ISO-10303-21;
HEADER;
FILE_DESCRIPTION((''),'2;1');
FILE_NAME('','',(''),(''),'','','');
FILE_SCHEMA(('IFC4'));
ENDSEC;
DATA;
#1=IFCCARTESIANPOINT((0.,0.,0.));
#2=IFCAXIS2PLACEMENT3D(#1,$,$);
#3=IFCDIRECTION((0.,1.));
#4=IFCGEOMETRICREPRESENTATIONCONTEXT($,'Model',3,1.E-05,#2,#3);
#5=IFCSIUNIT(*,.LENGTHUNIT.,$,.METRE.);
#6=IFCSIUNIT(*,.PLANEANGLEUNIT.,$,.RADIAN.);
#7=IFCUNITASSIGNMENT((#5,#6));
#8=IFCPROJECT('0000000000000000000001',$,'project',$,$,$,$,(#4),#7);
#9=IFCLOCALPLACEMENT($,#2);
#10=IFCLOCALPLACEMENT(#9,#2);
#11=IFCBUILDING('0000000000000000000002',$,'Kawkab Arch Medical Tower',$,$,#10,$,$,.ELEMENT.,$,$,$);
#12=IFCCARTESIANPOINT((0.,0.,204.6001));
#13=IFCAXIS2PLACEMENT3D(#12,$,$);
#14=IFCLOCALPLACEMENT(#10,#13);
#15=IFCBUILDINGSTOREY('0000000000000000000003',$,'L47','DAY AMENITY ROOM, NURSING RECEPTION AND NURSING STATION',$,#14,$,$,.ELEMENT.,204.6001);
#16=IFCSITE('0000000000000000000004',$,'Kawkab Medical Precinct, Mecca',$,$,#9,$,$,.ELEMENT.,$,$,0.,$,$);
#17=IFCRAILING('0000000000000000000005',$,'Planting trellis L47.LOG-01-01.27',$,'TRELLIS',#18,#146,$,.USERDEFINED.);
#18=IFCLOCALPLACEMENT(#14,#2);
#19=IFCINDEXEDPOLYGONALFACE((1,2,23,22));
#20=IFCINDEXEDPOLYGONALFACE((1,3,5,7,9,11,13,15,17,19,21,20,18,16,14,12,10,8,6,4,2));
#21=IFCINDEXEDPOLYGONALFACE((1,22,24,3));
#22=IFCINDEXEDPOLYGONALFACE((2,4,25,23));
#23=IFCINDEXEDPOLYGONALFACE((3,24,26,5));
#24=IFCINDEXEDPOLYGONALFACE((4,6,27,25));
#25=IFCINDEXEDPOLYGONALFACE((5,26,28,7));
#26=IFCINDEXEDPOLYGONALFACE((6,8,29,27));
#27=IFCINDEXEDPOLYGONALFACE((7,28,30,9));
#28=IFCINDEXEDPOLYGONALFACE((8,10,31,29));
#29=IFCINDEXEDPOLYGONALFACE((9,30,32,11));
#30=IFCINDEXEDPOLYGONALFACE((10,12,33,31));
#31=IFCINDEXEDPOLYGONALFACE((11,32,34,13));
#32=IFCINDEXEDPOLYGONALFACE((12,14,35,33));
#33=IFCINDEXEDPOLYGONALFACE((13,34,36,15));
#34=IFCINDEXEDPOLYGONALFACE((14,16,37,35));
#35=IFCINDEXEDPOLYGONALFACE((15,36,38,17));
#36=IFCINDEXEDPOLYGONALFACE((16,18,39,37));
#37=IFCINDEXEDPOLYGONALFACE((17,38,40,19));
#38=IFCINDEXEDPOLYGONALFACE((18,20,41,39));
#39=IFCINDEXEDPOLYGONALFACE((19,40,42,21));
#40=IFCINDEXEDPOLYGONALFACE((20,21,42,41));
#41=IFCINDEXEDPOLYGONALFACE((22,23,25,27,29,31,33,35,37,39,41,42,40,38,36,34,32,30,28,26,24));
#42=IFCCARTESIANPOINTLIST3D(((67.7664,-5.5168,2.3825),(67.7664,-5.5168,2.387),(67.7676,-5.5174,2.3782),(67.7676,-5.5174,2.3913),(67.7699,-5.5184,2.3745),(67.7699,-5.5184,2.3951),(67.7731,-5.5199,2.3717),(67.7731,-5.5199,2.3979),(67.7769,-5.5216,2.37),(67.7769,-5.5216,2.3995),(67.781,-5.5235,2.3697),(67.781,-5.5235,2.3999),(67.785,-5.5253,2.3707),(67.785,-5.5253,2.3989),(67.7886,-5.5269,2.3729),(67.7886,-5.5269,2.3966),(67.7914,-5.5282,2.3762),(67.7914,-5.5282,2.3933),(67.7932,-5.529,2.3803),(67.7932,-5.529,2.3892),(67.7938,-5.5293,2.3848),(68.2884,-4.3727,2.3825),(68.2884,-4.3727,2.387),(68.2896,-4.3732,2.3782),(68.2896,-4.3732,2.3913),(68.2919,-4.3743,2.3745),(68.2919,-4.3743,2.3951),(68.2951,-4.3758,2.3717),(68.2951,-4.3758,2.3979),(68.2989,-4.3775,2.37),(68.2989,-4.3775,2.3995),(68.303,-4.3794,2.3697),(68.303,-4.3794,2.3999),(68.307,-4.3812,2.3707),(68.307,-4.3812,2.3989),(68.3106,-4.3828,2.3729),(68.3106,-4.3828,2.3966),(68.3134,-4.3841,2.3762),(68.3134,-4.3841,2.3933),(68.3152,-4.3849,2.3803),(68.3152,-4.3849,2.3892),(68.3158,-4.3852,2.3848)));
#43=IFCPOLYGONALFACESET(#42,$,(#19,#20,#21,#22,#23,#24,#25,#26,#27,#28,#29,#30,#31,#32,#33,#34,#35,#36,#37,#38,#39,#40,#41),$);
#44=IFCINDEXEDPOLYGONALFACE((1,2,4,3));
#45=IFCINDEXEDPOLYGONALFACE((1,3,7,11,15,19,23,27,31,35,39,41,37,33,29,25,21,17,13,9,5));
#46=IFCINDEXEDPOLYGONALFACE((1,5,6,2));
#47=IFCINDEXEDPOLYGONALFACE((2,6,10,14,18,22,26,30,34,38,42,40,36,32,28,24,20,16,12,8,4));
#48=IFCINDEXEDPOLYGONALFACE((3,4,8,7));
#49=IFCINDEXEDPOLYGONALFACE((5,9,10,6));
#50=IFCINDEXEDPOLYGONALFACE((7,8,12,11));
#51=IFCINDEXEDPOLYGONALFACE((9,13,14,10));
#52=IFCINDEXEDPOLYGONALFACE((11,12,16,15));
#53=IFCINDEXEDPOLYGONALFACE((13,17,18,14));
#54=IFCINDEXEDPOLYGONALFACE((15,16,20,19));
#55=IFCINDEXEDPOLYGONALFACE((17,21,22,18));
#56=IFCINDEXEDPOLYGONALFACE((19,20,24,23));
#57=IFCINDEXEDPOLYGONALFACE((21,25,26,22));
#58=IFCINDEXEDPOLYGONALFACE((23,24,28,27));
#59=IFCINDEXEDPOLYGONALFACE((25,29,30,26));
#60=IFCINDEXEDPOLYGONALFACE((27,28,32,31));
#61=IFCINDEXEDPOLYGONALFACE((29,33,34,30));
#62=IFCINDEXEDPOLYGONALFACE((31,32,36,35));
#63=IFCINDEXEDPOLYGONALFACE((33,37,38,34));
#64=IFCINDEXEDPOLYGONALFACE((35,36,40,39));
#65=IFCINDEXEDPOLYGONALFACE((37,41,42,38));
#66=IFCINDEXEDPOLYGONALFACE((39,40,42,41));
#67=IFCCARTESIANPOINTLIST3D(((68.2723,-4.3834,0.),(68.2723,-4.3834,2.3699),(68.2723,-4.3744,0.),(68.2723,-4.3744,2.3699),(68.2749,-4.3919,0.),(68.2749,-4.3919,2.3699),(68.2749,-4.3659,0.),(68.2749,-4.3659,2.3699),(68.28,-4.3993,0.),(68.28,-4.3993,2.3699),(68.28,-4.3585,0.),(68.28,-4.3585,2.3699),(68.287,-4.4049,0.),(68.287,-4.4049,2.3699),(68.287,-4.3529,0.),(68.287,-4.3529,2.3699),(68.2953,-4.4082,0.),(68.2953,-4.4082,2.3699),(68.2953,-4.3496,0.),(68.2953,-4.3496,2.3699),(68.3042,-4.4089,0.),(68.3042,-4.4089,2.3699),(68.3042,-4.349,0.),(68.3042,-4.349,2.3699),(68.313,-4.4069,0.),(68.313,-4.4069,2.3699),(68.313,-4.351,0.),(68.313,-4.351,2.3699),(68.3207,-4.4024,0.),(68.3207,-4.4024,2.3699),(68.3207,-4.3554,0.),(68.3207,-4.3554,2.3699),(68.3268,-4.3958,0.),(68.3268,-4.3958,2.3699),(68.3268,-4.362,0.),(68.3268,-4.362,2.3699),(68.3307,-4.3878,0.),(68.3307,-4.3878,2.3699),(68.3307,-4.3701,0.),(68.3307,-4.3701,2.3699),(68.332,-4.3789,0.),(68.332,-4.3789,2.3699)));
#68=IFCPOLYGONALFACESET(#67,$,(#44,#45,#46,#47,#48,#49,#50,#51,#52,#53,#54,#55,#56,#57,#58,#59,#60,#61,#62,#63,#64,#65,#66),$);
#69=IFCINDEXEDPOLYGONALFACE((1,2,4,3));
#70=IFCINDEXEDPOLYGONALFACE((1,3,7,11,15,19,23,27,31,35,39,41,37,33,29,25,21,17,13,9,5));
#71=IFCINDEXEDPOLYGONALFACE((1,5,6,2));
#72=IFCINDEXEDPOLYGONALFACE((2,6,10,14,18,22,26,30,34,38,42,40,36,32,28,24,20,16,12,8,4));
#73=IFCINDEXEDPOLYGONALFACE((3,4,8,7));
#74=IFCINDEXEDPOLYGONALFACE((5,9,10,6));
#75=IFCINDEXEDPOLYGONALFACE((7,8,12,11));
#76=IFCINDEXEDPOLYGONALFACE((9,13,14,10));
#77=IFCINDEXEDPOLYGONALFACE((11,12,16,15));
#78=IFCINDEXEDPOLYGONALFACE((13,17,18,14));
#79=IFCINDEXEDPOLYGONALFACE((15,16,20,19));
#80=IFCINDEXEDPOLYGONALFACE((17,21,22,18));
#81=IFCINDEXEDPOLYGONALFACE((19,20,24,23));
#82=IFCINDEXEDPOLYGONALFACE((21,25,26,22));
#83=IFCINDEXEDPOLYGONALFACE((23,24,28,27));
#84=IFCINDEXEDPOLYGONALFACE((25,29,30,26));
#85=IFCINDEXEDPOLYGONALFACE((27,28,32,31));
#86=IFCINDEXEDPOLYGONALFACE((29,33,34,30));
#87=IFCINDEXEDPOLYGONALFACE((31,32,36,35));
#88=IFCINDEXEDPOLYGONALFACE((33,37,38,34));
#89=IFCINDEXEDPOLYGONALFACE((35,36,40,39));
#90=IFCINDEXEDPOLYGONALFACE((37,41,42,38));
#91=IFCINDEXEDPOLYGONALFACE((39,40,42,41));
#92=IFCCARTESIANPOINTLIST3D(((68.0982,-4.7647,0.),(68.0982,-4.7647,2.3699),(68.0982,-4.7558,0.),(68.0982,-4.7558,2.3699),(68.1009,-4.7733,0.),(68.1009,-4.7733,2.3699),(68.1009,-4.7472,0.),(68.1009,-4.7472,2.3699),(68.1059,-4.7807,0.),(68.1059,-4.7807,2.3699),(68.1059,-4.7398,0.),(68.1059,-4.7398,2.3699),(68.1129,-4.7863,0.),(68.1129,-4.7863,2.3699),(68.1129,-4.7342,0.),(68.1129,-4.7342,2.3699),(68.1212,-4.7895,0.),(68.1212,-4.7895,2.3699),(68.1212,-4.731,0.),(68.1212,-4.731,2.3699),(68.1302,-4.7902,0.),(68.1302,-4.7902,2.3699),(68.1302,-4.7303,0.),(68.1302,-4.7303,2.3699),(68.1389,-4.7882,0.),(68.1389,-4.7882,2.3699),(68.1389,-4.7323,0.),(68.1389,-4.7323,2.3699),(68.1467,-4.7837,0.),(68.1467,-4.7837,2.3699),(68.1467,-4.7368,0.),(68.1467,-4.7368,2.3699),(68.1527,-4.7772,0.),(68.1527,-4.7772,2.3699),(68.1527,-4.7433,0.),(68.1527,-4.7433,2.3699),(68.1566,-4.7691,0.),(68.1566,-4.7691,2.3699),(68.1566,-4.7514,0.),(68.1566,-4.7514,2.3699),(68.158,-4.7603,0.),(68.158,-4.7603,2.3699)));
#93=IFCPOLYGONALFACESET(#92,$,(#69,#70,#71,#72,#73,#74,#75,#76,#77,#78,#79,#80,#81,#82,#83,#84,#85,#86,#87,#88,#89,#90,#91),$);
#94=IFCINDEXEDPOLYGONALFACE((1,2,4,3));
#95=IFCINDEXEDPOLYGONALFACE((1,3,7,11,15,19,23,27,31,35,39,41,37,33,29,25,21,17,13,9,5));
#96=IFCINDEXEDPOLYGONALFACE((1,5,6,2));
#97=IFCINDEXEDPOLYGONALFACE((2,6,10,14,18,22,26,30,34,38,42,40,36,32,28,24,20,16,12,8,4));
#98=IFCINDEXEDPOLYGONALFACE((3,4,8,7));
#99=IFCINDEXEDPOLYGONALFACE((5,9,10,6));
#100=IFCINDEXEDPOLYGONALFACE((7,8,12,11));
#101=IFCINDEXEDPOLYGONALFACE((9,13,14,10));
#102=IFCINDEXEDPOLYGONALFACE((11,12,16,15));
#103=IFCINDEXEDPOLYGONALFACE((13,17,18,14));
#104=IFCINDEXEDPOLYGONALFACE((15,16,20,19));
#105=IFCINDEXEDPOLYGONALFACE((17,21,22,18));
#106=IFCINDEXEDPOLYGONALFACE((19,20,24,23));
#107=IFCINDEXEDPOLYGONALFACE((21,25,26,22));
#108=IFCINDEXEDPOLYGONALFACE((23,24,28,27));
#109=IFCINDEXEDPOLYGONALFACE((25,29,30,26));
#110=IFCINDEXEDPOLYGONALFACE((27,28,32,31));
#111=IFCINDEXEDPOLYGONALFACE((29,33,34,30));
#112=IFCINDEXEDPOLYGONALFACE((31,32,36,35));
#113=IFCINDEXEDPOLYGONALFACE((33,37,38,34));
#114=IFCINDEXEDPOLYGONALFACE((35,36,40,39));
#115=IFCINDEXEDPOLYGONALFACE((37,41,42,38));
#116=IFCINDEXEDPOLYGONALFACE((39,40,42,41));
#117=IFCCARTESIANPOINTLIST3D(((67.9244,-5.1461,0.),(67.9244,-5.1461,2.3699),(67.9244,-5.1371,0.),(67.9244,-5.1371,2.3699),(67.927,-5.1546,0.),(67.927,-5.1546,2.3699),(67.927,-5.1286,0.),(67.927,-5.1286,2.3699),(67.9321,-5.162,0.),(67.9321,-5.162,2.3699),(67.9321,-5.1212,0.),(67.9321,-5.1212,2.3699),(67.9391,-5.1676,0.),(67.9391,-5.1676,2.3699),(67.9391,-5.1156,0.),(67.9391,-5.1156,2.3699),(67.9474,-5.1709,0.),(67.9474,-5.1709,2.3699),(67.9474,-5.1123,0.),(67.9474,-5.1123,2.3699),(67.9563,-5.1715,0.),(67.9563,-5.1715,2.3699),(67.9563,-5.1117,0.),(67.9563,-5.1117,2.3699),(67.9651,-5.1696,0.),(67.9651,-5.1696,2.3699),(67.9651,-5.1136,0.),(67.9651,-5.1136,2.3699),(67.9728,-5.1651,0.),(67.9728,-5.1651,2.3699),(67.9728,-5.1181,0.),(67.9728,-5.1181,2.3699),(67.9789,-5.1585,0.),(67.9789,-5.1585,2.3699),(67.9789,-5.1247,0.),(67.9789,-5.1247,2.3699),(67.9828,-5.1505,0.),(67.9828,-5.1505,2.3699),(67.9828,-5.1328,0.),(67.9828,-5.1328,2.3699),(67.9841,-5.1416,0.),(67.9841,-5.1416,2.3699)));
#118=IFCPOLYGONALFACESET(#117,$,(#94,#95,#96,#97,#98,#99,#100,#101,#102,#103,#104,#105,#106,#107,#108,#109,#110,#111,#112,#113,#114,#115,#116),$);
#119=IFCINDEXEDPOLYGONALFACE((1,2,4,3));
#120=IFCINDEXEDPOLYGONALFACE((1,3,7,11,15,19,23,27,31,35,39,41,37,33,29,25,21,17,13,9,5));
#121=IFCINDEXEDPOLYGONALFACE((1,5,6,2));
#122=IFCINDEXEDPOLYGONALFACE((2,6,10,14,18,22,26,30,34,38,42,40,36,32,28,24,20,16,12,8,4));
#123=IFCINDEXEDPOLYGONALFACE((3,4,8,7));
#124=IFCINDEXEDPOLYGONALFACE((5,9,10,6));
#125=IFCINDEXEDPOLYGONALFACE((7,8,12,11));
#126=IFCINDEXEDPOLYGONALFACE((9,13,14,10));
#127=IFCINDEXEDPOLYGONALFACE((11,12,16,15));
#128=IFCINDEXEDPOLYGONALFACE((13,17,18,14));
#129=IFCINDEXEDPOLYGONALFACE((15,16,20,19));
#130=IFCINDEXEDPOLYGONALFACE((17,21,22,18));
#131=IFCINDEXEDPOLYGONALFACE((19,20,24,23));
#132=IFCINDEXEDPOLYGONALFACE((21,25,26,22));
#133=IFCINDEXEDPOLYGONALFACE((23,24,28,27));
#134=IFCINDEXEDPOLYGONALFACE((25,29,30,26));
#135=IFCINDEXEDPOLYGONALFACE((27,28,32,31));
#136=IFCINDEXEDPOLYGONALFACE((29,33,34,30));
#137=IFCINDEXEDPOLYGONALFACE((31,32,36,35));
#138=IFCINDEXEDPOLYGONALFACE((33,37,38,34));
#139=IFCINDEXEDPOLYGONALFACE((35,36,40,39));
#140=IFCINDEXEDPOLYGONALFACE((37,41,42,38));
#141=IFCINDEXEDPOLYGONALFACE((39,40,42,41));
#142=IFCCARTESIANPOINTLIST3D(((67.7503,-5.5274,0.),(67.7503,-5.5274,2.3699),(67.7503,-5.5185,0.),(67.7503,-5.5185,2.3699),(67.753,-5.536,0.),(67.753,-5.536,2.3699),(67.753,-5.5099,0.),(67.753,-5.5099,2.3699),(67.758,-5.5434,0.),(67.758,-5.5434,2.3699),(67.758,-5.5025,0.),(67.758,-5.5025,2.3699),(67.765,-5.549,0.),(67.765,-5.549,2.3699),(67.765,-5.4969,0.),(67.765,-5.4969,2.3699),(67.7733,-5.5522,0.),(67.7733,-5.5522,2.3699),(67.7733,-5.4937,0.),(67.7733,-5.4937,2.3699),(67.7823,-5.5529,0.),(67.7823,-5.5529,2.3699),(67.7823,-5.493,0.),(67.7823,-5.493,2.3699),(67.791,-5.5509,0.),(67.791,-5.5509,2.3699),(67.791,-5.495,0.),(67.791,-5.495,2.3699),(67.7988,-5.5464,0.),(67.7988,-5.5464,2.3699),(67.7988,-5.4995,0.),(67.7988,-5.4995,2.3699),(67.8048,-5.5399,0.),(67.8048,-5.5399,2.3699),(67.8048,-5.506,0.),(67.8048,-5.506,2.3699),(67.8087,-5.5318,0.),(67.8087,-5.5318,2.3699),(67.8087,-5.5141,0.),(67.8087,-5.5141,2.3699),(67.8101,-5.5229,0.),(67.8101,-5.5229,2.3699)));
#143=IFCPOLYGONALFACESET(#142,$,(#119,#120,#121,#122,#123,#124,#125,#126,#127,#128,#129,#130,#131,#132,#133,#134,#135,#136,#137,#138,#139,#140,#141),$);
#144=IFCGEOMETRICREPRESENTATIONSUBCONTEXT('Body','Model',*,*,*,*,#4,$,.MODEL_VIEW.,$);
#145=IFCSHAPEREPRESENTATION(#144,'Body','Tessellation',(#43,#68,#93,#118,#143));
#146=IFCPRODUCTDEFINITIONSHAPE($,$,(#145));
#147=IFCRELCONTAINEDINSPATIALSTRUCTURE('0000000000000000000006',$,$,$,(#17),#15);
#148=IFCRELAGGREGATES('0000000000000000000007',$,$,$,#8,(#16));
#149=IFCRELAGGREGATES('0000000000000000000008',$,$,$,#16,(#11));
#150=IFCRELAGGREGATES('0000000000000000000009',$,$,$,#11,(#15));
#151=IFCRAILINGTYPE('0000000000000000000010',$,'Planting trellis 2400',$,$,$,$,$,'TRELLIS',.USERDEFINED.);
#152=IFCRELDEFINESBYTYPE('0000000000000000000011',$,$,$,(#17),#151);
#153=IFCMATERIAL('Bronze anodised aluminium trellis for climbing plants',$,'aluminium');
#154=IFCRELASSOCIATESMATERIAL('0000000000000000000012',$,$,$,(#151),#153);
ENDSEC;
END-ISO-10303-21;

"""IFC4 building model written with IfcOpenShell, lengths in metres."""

from ifc_helpers import new_model, si_unit, direction, frame, origin, origin_2d, place, context, subcontext, project, spatial, circle, extrude, material, type_object, element, save


model = new_model("IFC4")

# Units and contexts
model_context = context("Model", 3, precision=1e-05, world=origin(), true_north=direction((0.0, 1.0)))
body_context = subcontext(model_context, "Body", "Model", "MODEL_VIEW")
ifc_project = project(units=[si_unit("LENGTHUNIT", "METRE"), si_unit("PLANEANGLEUNIT", "RADIAN")], contexts=[model_context])

# Site, building, storey
site_placement = place(None, origin())
site = spatial("IfcSite", under=ifc_project, at=site_placement, Name="Kawkab Medical Precinct, Mecca", CompositionType="ELEMENT", RefElevation=0.0)
building_placement = place(site_placement, origin())
building = spatial("IfcBuilding", under=site, at=building_placement, Name="Kawkab Arch Medical Tower", CompositionType="ELEMENT")
storey_placement = place(building_placement, frame((0.0, 0.0, 204.6001)))
storey = spatial("IfcBuildingStorey", under=building, at=storey_placement, Name="L47", Description="DAY AMENITY ROOM, NURSING RECEPTION AND NURSING STATION", CompositionType="ELEMENT", Elevation=204.6001)

# Railing
ifc_material_1 = material(Name="Bronze anodised aluminium trellis for climbing plants", Category="aluminium")
railing_type_1 = type_object("IfcRailingType", Name="Planting trellis 2400", ElementType="TRELLIS", PredefinedType="USERDEFINED", material=ifc_material_1)
railing_1_placement = place(storey_placement, frame((68.302, -4.3789, 0.0)))
element("IfcRailing", 1, at=railing_1_placement, inside=storey, type_object=railing_type_1, Name="Planting trellis L47.LOG-01-01.27", ObjectType="TRELLIS", PredefinedType="USERDEFINED", context=body_context, shape_type="SweptSolid", body=[
    extrude(circle(Radius=0.0151, at=origin_2d()), frame((0.0, 0.0, 2.3848), z_axis=(-0.41509, -0.90978, 0.0), x_axis=(0.90978, -0.41509, 0.0)), (0.0, 0.0, 1.0), 1.2576),
    extrude(circle(Radius=0.03, at=origin_2d()), origin(), (0.0, 0.0, 1.0), 2.3699),
    extrude(circle(Radius=0.03, at=origin_2d()), frame((-0.1741, -0.3813, 0.0)), (0.0, 0.0, 1.0), 2.3699),
    extrude(circle(Radius=0.03, at=origin_2d()), frame((-0.3479, -0.7627, 0.0)), (0.0, 0.0, 1.0), 2.3699),
    extrude(circle(Radius=0.03, at=origin_2d()), frame((-0.522, -1.144, 0.0)), (0.0, 0.0, 1.0), 2.3699),
])

save(model, "model.ifc")
